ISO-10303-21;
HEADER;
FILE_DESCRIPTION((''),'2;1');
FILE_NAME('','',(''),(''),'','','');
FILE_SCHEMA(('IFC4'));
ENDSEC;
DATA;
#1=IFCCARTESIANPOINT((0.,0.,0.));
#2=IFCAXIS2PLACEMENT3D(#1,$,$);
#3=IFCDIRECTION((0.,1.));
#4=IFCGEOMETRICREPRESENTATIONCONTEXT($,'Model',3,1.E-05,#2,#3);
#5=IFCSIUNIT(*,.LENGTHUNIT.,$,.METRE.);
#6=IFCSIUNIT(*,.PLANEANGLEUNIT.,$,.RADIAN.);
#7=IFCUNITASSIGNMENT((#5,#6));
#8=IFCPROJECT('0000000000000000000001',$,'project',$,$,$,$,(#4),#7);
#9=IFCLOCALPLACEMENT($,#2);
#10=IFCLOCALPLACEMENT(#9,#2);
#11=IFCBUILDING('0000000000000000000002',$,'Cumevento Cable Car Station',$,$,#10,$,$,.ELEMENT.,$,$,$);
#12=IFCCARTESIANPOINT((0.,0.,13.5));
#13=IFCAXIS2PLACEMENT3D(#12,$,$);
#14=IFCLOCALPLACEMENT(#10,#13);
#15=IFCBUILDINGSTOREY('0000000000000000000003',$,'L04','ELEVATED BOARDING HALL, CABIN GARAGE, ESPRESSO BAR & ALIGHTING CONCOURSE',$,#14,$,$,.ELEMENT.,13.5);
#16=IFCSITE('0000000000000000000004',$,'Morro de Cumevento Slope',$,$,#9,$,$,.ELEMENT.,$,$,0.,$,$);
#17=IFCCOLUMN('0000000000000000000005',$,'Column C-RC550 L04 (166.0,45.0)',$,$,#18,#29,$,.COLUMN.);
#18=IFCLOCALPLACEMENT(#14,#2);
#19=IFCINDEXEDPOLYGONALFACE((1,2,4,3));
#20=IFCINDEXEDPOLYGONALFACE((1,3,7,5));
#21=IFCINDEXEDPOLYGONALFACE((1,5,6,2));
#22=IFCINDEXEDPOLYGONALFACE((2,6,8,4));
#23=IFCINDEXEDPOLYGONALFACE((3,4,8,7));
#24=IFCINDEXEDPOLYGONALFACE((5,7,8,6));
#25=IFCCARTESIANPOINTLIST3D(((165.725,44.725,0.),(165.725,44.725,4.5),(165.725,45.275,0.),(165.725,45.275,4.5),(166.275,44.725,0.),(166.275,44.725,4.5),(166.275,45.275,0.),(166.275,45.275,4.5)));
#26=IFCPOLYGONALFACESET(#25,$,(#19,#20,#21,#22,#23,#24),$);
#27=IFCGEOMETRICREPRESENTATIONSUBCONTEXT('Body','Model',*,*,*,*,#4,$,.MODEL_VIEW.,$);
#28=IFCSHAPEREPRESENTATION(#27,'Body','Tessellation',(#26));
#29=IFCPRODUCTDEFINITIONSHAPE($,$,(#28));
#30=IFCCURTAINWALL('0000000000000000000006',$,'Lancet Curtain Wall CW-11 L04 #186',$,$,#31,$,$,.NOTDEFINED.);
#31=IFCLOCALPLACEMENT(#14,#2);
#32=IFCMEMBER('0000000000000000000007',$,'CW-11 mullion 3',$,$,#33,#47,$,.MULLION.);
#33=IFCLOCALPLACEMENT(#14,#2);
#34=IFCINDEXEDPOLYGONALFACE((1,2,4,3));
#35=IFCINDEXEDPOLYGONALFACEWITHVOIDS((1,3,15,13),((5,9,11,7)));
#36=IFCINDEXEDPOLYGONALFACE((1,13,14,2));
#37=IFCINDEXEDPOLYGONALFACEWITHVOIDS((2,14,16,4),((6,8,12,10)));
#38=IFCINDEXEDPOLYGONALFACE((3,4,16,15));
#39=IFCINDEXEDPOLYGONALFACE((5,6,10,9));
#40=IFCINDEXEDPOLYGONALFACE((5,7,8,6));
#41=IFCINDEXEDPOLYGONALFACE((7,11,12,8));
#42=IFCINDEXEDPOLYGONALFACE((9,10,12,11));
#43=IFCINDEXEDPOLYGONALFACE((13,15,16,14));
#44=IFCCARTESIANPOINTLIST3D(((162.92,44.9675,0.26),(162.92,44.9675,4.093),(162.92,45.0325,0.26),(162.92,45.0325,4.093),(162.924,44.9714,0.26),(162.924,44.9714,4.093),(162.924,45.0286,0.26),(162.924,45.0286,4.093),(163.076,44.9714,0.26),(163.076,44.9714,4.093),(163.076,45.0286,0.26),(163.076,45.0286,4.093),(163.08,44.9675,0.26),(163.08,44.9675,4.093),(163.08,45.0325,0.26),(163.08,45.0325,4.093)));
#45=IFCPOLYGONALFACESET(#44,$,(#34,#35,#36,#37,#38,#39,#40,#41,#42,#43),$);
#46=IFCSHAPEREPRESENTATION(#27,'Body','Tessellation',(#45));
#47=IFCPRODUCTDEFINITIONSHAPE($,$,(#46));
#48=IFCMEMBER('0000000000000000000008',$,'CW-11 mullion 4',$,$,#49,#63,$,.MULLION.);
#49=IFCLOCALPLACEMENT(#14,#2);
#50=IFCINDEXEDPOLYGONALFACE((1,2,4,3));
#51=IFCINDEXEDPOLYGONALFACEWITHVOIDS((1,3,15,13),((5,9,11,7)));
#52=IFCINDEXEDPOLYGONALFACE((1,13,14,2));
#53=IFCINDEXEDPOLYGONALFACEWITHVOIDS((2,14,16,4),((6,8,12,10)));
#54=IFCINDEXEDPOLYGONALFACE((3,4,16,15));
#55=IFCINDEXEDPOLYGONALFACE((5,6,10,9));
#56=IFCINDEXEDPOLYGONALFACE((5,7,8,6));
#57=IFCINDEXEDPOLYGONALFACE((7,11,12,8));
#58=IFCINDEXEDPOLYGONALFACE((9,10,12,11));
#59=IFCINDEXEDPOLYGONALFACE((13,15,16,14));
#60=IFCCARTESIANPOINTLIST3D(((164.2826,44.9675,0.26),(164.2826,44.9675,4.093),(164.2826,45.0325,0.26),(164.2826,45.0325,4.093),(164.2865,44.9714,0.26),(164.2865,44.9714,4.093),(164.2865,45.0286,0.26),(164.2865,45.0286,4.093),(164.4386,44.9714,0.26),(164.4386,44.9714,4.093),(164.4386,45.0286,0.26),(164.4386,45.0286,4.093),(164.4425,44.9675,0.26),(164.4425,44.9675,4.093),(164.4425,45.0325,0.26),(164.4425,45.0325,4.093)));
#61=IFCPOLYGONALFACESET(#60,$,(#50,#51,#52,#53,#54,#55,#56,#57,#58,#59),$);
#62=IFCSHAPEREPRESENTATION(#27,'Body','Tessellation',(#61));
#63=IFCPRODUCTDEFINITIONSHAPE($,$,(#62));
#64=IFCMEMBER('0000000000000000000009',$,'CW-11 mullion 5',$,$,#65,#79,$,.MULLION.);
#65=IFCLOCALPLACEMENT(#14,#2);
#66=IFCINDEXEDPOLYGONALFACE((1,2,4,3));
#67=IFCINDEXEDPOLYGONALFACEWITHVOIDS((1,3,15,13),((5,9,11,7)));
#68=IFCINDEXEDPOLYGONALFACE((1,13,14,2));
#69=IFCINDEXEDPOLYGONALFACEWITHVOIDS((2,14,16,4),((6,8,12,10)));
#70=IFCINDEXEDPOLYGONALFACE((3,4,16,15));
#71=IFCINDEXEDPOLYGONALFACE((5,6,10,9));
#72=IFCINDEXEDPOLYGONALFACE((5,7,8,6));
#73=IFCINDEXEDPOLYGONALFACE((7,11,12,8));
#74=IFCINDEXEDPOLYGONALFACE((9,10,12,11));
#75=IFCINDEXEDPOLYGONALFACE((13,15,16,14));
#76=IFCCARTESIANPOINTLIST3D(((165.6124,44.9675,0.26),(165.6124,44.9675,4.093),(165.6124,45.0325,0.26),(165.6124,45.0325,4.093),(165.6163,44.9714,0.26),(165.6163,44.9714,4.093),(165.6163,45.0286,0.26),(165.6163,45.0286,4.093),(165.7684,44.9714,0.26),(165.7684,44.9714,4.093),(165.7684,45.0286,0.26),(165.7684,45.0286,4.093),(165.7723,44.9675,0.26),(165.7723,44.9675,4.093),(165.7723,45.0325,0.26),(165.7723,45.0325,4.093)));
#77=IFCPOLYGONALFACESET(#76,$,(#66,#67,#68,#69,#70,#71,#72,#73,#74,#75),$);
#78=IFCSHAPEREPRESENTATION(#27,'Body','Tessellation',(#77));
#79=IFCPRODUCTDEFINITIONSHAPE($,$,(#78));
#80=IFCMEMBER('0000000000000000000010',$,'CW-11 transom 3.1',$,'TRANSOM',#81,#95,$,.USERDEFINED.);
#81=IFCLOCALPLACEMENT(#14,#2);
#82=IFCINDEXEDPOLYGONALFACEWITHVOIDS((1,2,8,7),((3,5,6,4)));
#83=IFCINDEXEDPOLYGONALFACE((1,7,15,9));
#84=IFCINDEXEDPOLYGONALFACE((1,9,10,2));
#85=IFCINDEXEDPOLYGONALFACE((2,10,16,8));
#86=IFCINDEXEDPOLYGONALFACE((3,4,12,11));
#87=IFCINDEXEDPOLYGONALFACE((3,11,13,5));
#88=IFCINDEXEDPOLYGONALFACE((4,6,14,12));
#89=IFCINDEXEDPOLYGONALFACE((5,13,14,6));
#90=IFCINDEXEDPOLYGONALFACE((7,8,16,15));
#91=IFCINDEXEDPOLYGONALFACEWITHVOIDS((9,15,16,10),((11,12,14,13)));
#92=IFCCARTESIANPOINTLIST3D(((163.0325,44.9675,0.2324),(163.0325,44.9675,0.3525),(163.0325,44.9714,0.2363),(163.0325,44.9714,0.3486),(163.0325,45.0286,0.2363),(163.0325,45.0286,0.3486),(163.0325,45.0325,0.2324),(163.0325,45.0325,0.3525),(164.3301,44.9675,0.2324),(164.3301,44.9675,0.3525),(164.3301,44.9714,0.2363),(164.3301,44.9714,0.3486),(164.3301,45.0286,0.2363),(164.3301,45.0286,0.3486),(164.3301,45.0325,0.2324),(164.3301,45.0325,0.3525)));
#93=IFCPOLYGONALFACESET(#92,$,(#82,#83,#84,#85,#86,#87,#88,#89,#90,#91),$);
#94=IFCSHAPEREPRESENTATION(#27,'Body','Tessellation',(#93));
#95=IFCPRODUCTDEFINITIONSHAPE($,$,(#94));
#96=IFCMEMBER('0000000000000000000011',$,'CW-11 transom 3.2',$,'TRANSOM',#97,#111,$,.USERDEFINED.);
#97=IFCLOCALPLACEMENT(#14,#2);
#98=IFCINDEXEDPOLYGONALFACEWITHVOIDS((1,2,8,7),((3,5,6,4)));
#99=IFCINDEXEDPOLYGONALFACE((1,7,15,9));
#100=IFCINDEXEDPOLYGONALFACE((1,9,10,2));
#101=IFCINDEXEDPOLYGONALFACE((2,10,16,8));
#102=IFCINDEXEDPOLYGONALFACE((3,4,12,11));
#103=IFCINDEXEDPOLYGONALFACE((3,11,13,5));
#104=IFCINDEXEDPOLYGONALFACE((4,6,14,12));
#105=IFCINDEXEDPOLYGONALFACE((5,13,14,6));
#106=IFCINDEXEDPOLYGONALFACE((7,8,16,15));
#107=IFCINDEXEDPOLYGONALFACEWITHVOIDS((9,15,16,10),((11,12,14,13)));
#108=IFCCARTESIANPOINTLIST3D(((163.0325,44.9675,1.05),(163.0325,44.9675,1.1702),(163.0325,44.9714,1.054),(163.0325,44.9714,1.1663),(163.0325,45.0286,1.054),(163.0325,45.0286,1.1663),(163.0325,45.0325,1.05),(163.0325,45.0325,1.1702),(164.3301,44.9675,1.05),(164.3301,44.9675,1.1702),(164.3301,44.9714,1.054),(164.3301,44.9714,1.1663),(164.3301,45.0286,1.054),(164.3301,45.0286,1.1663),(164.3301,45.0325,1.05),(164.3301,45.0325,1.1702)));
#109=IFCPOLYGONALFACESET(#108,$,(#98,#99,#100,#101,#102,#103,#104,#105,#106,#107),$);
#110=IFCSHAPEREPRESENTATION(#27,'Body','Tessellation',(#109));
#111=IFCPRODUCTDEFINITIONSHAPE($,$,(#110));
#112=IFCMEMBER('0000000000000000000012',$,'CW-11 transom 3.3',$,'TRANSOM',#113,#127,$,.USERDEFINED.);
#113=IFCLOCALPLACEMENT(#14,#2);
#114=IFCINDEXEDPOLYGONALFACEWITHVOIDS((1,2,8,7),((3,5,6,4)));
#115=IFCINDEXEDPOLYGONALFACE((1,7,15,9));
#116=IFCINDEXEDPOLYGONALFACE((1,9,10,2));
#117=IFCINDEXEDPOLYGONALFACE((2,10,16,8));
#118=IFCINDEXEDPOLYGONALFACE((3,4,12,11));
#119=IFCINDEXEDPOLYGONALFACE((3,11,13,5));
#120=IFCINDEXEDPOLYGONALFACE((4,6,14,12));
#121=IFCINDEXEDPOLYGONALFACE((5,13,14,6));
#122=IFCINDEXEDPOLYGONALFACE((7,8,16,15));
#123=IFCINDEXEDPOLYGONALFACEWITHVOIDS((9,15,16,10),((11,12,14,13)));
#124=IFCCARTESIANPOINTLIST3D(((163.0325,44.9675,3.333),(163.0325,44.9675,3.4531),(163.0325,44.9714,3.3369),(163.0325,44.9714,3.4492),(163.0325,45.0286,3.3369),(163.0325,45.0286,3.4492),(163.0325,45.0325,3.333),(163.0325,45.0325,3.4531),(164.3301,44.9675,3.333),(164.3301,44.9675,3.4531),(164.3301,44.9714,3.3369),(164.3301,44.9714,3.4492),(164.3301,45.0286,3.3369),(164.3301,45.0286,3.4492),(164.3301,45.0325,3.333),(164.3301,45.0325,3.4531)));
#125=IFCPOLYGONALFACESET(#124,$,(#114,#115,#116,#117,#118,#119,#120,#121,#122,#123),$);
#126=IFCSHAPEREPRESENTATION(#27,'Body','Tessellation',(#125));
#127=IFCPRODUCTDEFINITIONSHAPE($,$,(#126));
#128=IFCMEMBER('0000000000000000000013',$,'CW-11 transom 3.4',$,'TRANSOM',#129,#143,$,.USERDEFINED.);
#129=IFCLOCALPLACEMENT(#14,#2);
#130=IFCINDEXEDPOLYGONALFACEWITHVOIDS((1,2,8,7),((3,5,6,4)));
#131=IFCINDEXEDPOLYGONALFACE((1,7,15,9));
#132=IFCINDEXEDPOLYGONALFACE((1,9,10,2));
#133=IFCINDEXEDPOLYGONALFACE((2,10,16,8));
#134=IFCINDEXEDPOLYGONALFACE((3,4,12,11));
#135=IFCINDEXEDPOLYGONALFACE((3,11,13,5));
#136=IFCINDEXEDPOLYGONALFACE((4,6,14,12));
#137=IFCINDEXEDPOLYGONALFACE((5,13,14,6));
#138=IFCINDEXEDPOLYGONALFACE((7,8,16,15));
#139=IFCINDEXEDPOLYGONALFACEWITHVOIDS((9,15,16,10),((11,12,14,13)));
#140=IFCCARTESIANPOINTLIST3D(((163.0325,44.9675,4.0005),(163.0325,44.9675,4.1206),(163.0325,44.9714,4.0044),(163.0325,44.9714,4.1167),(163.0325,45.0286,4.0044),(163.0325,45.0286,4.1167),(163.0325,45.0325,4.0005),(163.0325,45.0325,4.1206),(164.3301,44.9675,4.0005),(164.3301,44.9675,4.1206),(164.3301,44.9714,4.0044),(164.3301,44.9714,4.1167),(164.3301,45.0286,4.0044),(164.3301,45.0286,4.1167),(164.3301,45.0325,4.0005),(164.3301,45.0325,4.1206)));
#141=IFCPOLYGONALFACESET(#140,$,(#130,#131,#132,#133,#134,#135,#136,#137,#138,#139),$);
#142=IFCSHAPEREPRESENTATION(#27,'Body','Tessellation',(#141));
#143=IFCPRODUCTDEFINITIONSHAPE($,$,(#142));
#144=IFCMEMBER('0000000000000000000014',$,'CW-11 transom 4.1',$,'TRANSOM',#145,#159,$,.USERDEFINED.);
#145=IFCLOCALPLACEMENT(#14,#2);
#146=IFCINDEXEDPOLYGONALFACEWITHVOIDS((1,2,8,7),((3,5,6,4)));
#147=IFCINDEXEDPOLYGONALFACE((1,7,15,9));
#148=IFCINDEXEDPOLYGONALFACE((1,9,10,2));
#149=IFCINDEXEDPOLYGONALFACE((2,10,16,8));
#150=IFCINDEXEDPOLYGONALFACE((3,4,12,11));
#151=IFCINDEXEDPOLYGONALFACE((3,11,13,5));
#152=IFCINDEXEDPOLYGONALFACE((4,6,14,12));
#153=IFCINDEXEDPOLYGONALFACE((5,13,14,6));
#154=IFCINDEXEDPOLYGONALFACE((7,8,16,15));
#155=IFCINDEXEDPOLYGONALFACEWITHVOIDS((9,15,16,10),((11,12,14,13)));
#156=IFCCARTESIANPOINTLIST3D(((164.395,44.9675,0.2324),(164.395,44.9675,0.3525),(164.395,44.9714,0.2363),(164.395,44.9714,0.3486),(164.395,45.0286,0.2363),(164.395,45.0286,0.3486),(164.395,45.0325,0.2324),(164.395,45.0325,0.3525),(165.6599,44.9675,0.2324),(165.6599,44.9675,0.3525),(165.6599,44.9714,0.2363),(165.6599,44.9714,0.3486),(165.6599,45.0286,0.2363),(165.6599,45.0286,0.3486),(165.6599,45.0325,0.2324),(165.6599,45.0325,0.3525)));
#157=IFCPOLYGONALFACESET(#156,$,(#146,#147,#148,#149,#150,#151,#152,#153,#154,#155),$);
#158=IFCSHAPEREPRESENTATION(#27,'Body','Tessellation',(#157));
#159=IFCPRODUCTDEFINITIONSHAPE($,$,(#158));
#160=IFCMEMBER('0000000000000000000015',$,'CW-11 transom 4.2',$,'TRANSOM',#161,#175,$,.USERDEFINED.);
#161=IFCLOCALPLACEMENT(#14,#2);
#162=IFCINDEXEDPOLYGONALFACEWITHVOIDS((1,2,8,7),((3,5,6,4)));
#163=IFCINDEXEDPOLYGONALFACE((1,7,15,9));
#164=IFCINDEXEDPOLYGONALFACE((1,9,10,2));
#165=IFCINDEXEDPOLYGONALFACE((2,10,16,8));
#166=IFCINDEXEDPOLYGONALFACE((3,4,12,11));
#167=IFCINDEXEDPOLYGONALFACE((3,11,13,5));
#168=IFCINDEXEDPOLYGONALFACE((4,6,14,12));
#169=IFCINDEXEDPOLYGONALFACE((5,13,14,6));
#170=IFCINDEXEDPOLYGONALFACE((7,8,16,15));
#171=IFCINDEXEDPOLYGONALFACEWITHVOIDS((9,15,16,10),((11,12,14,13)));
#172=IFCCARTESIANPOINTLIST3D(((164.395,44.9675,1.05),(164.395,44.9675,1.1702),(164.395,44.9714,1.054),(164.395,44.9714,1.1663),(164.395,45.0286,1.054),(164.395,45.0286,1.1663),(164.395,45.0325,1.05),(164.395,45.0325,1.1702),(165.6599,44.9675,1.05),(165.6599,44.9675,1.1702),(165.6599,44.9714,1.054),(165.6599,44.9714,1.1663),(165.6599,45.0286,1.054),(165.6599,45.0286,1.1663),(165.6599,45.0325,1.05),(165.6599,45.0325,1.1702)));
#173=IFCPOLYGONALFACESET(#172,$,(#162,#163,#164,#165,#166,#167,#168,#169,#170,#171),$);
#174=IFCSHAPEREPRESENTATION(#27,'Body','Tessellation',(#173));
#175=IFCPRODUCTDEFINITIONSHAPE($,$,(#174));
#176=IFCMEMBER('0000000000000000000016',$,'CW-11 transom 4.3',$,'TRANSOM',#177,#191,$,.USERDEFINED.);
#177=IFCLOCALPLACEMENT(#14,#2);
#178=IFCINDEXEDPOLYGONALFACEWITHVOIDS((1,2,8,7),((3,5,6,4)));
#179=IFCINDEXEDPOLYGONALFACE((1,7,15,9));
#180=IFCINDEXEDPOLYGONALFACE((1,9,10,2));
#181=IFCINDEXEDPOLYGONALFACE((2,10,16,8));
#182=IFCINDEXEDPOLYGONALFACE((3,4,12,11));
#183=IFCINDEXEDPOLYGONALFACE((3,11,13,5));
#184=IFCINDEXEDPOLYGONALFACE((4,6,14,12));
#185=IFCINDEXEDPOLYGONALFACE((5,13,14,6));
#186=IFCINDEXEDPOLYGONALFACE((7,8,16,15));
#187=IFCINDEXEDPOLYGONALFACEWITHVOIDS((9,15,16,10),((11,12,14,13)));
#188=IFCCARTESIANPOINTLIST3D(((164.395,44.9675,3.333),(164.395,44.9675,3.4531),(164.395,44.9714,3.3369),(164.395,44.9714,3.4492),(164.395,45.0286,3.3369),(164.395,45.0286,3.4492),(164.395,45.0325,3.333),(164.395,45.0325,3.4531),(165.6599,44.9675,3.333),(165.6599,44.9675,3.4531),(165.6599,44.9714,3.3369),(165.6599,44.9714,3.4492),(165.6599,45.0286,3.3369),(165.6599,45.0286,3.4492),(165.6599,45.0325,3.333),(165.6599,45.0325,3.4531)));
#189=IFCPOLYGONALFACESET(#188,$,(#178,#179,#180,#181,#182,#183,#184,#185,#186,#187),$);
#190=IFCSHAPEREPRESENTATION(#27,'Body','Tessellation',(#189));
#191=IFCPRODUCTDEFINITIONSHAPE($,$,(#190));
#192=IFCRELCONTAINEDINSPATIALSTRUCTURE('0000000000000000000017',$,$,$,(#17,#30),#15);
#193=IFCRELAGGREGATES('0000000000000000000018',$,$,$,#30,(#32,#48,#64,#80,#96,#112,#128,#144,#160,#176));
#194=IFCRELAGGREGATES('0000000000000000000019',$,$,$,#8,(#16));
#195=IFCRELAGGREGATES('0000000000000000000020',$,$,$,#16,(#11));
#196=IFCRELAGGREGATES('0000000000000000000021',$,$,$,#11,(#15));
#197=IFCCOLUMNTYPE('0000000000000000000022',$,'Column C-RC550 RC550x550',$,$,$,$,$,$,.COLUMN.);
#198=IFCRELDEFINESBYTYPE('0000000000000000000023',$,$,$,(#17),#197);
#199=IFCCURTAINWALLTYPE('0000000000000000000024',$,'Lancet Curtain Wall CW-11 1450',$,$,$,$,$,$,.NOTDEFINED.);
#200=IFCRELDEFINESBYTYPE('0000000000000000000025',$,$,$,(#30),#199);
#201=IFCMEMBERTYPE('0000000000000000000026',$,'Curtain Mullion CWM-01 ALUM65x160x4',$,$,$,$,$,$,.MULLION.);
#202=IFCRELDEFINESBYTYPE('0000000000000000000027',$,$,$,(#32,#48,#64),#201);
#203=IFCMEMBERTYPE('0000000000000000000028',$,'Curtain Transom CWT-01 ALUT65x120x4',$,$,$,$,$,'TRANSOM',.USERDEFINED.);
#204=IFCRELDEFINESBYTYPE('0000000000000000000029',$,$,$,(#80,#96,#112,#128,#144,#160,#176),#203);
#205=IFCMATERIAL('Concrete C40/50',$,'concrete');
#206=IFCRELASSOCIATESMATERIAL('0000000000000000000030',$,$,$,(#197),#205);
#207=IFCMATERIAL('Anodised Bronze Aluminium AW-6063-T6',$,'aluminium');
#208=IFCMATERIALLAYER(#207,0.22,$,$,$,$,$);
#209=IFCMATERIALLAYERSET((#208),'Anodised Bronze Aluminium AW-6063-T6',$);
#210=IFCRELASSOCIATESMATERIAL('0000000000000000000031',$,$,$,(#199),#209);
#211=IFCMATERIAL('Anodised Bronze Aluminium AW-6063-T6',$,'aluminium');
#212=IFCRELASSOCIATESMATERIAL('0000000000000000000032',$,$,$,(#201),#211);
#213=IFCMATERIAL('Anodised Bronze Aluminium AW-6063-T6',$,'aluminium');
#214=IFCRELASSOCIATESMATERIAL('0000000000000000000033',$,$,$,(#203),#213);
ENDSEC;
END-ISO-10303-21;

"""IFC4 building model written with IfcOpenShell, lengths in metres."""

from ifc_helpers import new_model, si_unit, direction, frame, origin, origin_2d, place, context, subcontext, project, spatial, rectangle, hollow_rectangle, extrude, material, layer, layer_set, material_profile, profile_set, type_object, element, aggregate, save


model = new_model("IFC4")

# Units and contexts
model_context = context("Model", 3, precision=1e-05, world=origin(), true_north=direction((0.0, 1.0)))
body_context = subcontext(model_context, "Body", "Model", "MODEL_VIEW")
ifc_project = project(units=[si_unit("LENGTHUNIT", "METRE"), si_unit("PLANEANGLEUNIT", "RADIAN")], contexts=[model_context])

# Site, building, storey
site_placement = place(None, origin())
site = spatial("IfcSite", under=ifc_project, at=site_placement, Name="Morro de Cumevento Slope", CompositionType="ELEMENT", RefElevation=0.0)
building_placement = place(site_placement, origin())
building = spatial("IfcBuilding", under=site, at=building_placement, Name="Cumevento Cable Car Station", CompositionType="ELEMENT")
storey_placement = place(building_placement, frame((0.0, 0.0, 13.5)))
storey = spatial("IfcBuildingStorey", under=building, at=storey_placement, Name="L04", Description="ELEVATED BOARDING HALL, CABIN GARAGE, ESPRESSO BAR & ALIGHTING CONCOURSE", CompositionType="ELEMENT", Elevation=13.5)

# Column
ifc_material_1 = material(Name="Concrete C40/50", Category="concrete")
ifc_material_profile_1 = material_profile(ifc_material_1, rectangle(XDim=0.55, YDim=0.55, at=origin_2d()), Name="RC550x550")
ifc_profile_set_1 = profile_set([ifc_material_profile_1], Name="Concrete C40/50")
column_type = type_object("IfcColumnType", Name="Column C-RC550 RC550x550", PredefinedType="COLUMN", material=ifc_profile_set_1)
column_placement = place(storey_placement, frame((166.0, 45.0, 0.0), z_axis=(0.0, 0.0, 1.0), x_axis=(1.0, 0.0, 0.0)))
element("IfcColumn", 1, at=column_placement, inside=storey, type_object=column_type, Name="Column C-RC550 L04 (166.0,45.0)", PredefinedType="COLUMN", context=body_context, shape_type="SweptSolid", body=[
    extrude(rectangle(XDim=0.55, YDim=0.55, at=origin_2d()), origin(), (0.0, 0.0, 1.0), 4.5),
])

# Curtain wall, members
ifc_material_2 = material(Name="Anodised Bronze Aluminium AW-6063-T6", Category="aluminium")
ifc_layer_1 = layer(ifc_material_2, 0.22)
ifc_layer_set_1 = layer_set([ifc_layer_1], Name="Anodised Bronze Aluminium AW-6063-T6")
curtain_wall_type = type_object("IfcCurtainWallType", Name="Lancet Curtain Wall CW-11 1450", PredefinedType="NOTDEFINED", material=ifc_layer_set_1)
curtain_wall_placement = place(storey_placement, origin())
curtain_wall = element("IfcCurtainWall", 2, at=curtain_wall_placement, inside=storey, type_object=curtain_wall_type, Name="Lancet Curtain Wall CW-11 L04 #186", PredefinedType="NOTDEFINED")
ifc_material_3 = material(Name="Anodised Bronze Aluminium AW-6063-T6", Category="aluminium")
ifc_material_profile_2 = material_profile(ifc_material_3, hollow_rectangle(XDim=0.0649, YDim=0.1599, WallThickness=0.0039, at=origin_2d()), Name="ALUM65x160x4")
ifc_profile_set_2 = profile_set([ifc_material_profile_2], Name="Anodised Bronze Aluminium AW-6063-T6")
member_type_1 = type_object("IfcMemberType", Name="Curtain Mullion CWM-01 ALUM65x160x4", PredefinedType="MULLION", material=ifc_profile_set_2)
member_1_placement = place(storey_placement, frame((163.0, 45.0, 0.26), z_axis=(0.0, 0.0, 1.0), x_axis=(0.0, 1.0, 0.0)))
member_1 = element("IfcMember", 3, at=member_1_placement, type_object=member_type_1, Name="CW-11 mullion 3", PredefinedType="MULLION", context=body_context, shape_type="SweptSolid", body=[
    extrude(hollow_rectangle(XDim=0.0649, YDim=0.1599, WallThickness=0.0039, at=origin_2d()), origin(), (0.0, 0.0, 1.0), 3.833),
])
member_2_placement = place(storey_placement, frame((164.3625, 45.0, 0.26), z_axis=(0.0, 0.0, 1.0), x_axis=(0.0, 1.0, 0.0)))
member_2 = element("IfcMember", 4, at=member_2_placement, type_object=member_type_1, Name="CW-11 mullion 4", PredefinedType="MULLION", context=body_context, shape_type="SweptSolid", body=[
    extrude(hollow_rectangle(XDim=0.0649, YDim=0.1599, WallThickness=0.0039, at=origin_2d()), origin(), (0.0, 0.0, 1.0), 3.833),
])
member_3_placement = place(storey_placement, frame((165.6924, 45.0, 0.26), z_axis=(0.0, 0.0, 1.0), x_axis=(0.0, 1.0, 0.0)))
member_3 = element("IfcMember", 5, at=member_3_placement, type_object=member_type_1, Name="CW-11 mullion 5", PredefinedType="MULLION", context=body_context, shape_type="SweptSolid", body=[
    extrude(hollow_rectangle(XDim=0.0649, YDim=0.1599, WallThickness=0.0039, at=origin_2d()), origin(), (0.0, 0.0, 1.0), 3.833),
])
ifc_material_4 = material(Name="Anodised Bronze Aluminium AW-6063-T6", Category="aluminium")
ifc_material_profile_3 = material_profile(ifc_material_4, hollow_rectangle(XDim=0.0649, YDim=0.1201, WallThickness=0.0039, at=origin_2d()), Name="ALUT65x120x4")
ifc_profile_set_3 = profile_set([ifc_material_profile_3], Name="Anodised Bronze Aluminium AW-6063-T6")
member_type_2 = type_object("IfcMemberType", Name="Curtain Transom CWT-01 ALUT65x120x4", ElementType="TRANSOM", PredefinedType="USERDEFINED", material=ifc_profile_set_3)
member_4_placement = place(storey_placement, frame((163.0325, 45.0, 0.2925), z_axis=(1.0, 0.0, 0.0), x_axis=(0.0, 1.0, 0.0)))
member_4 = element("IfcMember", 6, at=member_4_placement, type_object=member_type_2, Name="CW-11 transom 3.1", ObjectType="TRANSOM", PredefinedType="USERDEFINED", context=body_context, shape_type="SweptSolid", body=[
    extrude(hollow_rectangle(XDim=0.0649, YDim=0.1201, WallThickness=0.0039, at=origin_2d()), origin(), (0.0, 0.0, 1.0), 1.2976),
])
member_5_placement = place(storey_placement, frame((163.0325, 45.0, 1.1101), z_axis=(1.0, 0.0, 0.0), x_axis=(0.0, 1.0, 0.0)))
member_5 = element("IfcMember", 7, at=member_5_placement, type_object=member_type_2, Name="CW-11 transom 3.2", ObjectType="TRANSOM", PredefinedType="USERDEFINED", context=body_context, shape_type="SweptSolid", body=[
    extrude(hollow_rectangle(XDim=0.0649, YDim=0.1201, WallThickness=0.0039, at=origin_2d()), origin(), (0.0, 0.0, 1.0), 1.2976),
])
member_6_placement = place(storey_placement, frame((163.0325, 45.0, 3.3931), z_axis=(1.0, 0.0, 0.0), x_axis=(0.0, 1.0, 0.0)))
member_6 = element("IfcMember", 8, at=member_6_placement, type_object=member_type_2, Name="CW-11 transom 3.3", ObjectType="TRANSOM", PredefinedType="USERDEFINED", context=body_context, shape_type="SweptSolid", body=[
    extrude(hollow_rectangle(XDim=0.0649, YDim=0.1201, WallThickness=0.0039, at=origin_2d()), origin(), (0.0, 0.0, 1.0), 1.2976),
])
member_7_placement = place(storey_placement, frame((163.0325, 45.0, 4.0605), z_axis=(1.0, 0.0, 0.0), x_axis=(0.0, 1.0, 0.0)))
member_7 = element("IfcMember", 9, at=member_7_placement, type_object=member_type_2, Name="CW-11 transom 3.4", ObjectType="TRANSOM", PredefinedType="USERDEFINED", context=body_context, shape_type="SweptSolid", body=[
    extrude(hollow_rectangle(XDim=0.0649, YDim=0.1201, WallThickness=0.0039, at=origin_2d()), origin(), (0.0, 0.0, 1.0), 1.2976),
])
member_8_placement = place(storey_placement, frame((164.395, 45.0, 0.2925), z_axis=(1.0, 0.0, 0.0), x_axis=(0.0, 1.0, 0.0)))
member_8 = element("IfcMember", 10, at=member_8_placement, type_object=member_type_2, Name="CW-11 transom 4.1", ObjectType="TRANSOM", PredefinedType="USERDEFINED", context=body_context, shape_type="SweptSolid", body=[
    extrude(hollow_rectangle(XDim=0.0649, YDim=0.1201, WallThickness=0.0039, at=origin_2d()), origin(), (0.0, 0.0, 1.0), 1.2649),
])
member_9_placement = place(storey_placement, frame((164.395, 45.0, 1.1101), z_axis=(1.0, 0.0, 0.0), x_axis=(0.0, 1.0, 0.0)))
member_9 = element("IfcMember", 11, at=member_9_placement, type_object=member_type_2, Name="CW-11 transom 4.2", ObjectType="TRANSOM", PredefinedType="USERDEFINED", context=body_context, shape_type="SweptSolid", body=[
    extrude(hollow_rectangle(XDim=0.0649, YDim=0.1201, WallThickness=0.0039, at=origin_2d()), origin(), (0.0, 0.0, 1.0), 1.2649),
])
member_10_placement = place(storey_placement, frame((164.395, 45.0, 3.3931), z_axis=(1.0, 0.0, 0.0), x_axis=(0.0, 1.0, 0.0)))
member_10 = element("IfcMember", 12, at=member_10_placement, type_object=member_type_2, Name="CW-11 transom 4.3", ObjectType="TRANSOM", PredefinedType="USERDEFINED", context=body_context, shape_type="SweptSolid", body=[
    extrude(hollow_rectangle(XDim=0.0649, YDim=0.1201, WallThickness=0.0039, at=origin_2d()), origin(), (0.0, 0.0, 1.0), 1.2649),
])
aggregate(curtain_wall, [member_1, member_2, member_3, member_4, member_5, member_6, member_7, member_8, member_9, member_10])

save(model, "model.ifc")
